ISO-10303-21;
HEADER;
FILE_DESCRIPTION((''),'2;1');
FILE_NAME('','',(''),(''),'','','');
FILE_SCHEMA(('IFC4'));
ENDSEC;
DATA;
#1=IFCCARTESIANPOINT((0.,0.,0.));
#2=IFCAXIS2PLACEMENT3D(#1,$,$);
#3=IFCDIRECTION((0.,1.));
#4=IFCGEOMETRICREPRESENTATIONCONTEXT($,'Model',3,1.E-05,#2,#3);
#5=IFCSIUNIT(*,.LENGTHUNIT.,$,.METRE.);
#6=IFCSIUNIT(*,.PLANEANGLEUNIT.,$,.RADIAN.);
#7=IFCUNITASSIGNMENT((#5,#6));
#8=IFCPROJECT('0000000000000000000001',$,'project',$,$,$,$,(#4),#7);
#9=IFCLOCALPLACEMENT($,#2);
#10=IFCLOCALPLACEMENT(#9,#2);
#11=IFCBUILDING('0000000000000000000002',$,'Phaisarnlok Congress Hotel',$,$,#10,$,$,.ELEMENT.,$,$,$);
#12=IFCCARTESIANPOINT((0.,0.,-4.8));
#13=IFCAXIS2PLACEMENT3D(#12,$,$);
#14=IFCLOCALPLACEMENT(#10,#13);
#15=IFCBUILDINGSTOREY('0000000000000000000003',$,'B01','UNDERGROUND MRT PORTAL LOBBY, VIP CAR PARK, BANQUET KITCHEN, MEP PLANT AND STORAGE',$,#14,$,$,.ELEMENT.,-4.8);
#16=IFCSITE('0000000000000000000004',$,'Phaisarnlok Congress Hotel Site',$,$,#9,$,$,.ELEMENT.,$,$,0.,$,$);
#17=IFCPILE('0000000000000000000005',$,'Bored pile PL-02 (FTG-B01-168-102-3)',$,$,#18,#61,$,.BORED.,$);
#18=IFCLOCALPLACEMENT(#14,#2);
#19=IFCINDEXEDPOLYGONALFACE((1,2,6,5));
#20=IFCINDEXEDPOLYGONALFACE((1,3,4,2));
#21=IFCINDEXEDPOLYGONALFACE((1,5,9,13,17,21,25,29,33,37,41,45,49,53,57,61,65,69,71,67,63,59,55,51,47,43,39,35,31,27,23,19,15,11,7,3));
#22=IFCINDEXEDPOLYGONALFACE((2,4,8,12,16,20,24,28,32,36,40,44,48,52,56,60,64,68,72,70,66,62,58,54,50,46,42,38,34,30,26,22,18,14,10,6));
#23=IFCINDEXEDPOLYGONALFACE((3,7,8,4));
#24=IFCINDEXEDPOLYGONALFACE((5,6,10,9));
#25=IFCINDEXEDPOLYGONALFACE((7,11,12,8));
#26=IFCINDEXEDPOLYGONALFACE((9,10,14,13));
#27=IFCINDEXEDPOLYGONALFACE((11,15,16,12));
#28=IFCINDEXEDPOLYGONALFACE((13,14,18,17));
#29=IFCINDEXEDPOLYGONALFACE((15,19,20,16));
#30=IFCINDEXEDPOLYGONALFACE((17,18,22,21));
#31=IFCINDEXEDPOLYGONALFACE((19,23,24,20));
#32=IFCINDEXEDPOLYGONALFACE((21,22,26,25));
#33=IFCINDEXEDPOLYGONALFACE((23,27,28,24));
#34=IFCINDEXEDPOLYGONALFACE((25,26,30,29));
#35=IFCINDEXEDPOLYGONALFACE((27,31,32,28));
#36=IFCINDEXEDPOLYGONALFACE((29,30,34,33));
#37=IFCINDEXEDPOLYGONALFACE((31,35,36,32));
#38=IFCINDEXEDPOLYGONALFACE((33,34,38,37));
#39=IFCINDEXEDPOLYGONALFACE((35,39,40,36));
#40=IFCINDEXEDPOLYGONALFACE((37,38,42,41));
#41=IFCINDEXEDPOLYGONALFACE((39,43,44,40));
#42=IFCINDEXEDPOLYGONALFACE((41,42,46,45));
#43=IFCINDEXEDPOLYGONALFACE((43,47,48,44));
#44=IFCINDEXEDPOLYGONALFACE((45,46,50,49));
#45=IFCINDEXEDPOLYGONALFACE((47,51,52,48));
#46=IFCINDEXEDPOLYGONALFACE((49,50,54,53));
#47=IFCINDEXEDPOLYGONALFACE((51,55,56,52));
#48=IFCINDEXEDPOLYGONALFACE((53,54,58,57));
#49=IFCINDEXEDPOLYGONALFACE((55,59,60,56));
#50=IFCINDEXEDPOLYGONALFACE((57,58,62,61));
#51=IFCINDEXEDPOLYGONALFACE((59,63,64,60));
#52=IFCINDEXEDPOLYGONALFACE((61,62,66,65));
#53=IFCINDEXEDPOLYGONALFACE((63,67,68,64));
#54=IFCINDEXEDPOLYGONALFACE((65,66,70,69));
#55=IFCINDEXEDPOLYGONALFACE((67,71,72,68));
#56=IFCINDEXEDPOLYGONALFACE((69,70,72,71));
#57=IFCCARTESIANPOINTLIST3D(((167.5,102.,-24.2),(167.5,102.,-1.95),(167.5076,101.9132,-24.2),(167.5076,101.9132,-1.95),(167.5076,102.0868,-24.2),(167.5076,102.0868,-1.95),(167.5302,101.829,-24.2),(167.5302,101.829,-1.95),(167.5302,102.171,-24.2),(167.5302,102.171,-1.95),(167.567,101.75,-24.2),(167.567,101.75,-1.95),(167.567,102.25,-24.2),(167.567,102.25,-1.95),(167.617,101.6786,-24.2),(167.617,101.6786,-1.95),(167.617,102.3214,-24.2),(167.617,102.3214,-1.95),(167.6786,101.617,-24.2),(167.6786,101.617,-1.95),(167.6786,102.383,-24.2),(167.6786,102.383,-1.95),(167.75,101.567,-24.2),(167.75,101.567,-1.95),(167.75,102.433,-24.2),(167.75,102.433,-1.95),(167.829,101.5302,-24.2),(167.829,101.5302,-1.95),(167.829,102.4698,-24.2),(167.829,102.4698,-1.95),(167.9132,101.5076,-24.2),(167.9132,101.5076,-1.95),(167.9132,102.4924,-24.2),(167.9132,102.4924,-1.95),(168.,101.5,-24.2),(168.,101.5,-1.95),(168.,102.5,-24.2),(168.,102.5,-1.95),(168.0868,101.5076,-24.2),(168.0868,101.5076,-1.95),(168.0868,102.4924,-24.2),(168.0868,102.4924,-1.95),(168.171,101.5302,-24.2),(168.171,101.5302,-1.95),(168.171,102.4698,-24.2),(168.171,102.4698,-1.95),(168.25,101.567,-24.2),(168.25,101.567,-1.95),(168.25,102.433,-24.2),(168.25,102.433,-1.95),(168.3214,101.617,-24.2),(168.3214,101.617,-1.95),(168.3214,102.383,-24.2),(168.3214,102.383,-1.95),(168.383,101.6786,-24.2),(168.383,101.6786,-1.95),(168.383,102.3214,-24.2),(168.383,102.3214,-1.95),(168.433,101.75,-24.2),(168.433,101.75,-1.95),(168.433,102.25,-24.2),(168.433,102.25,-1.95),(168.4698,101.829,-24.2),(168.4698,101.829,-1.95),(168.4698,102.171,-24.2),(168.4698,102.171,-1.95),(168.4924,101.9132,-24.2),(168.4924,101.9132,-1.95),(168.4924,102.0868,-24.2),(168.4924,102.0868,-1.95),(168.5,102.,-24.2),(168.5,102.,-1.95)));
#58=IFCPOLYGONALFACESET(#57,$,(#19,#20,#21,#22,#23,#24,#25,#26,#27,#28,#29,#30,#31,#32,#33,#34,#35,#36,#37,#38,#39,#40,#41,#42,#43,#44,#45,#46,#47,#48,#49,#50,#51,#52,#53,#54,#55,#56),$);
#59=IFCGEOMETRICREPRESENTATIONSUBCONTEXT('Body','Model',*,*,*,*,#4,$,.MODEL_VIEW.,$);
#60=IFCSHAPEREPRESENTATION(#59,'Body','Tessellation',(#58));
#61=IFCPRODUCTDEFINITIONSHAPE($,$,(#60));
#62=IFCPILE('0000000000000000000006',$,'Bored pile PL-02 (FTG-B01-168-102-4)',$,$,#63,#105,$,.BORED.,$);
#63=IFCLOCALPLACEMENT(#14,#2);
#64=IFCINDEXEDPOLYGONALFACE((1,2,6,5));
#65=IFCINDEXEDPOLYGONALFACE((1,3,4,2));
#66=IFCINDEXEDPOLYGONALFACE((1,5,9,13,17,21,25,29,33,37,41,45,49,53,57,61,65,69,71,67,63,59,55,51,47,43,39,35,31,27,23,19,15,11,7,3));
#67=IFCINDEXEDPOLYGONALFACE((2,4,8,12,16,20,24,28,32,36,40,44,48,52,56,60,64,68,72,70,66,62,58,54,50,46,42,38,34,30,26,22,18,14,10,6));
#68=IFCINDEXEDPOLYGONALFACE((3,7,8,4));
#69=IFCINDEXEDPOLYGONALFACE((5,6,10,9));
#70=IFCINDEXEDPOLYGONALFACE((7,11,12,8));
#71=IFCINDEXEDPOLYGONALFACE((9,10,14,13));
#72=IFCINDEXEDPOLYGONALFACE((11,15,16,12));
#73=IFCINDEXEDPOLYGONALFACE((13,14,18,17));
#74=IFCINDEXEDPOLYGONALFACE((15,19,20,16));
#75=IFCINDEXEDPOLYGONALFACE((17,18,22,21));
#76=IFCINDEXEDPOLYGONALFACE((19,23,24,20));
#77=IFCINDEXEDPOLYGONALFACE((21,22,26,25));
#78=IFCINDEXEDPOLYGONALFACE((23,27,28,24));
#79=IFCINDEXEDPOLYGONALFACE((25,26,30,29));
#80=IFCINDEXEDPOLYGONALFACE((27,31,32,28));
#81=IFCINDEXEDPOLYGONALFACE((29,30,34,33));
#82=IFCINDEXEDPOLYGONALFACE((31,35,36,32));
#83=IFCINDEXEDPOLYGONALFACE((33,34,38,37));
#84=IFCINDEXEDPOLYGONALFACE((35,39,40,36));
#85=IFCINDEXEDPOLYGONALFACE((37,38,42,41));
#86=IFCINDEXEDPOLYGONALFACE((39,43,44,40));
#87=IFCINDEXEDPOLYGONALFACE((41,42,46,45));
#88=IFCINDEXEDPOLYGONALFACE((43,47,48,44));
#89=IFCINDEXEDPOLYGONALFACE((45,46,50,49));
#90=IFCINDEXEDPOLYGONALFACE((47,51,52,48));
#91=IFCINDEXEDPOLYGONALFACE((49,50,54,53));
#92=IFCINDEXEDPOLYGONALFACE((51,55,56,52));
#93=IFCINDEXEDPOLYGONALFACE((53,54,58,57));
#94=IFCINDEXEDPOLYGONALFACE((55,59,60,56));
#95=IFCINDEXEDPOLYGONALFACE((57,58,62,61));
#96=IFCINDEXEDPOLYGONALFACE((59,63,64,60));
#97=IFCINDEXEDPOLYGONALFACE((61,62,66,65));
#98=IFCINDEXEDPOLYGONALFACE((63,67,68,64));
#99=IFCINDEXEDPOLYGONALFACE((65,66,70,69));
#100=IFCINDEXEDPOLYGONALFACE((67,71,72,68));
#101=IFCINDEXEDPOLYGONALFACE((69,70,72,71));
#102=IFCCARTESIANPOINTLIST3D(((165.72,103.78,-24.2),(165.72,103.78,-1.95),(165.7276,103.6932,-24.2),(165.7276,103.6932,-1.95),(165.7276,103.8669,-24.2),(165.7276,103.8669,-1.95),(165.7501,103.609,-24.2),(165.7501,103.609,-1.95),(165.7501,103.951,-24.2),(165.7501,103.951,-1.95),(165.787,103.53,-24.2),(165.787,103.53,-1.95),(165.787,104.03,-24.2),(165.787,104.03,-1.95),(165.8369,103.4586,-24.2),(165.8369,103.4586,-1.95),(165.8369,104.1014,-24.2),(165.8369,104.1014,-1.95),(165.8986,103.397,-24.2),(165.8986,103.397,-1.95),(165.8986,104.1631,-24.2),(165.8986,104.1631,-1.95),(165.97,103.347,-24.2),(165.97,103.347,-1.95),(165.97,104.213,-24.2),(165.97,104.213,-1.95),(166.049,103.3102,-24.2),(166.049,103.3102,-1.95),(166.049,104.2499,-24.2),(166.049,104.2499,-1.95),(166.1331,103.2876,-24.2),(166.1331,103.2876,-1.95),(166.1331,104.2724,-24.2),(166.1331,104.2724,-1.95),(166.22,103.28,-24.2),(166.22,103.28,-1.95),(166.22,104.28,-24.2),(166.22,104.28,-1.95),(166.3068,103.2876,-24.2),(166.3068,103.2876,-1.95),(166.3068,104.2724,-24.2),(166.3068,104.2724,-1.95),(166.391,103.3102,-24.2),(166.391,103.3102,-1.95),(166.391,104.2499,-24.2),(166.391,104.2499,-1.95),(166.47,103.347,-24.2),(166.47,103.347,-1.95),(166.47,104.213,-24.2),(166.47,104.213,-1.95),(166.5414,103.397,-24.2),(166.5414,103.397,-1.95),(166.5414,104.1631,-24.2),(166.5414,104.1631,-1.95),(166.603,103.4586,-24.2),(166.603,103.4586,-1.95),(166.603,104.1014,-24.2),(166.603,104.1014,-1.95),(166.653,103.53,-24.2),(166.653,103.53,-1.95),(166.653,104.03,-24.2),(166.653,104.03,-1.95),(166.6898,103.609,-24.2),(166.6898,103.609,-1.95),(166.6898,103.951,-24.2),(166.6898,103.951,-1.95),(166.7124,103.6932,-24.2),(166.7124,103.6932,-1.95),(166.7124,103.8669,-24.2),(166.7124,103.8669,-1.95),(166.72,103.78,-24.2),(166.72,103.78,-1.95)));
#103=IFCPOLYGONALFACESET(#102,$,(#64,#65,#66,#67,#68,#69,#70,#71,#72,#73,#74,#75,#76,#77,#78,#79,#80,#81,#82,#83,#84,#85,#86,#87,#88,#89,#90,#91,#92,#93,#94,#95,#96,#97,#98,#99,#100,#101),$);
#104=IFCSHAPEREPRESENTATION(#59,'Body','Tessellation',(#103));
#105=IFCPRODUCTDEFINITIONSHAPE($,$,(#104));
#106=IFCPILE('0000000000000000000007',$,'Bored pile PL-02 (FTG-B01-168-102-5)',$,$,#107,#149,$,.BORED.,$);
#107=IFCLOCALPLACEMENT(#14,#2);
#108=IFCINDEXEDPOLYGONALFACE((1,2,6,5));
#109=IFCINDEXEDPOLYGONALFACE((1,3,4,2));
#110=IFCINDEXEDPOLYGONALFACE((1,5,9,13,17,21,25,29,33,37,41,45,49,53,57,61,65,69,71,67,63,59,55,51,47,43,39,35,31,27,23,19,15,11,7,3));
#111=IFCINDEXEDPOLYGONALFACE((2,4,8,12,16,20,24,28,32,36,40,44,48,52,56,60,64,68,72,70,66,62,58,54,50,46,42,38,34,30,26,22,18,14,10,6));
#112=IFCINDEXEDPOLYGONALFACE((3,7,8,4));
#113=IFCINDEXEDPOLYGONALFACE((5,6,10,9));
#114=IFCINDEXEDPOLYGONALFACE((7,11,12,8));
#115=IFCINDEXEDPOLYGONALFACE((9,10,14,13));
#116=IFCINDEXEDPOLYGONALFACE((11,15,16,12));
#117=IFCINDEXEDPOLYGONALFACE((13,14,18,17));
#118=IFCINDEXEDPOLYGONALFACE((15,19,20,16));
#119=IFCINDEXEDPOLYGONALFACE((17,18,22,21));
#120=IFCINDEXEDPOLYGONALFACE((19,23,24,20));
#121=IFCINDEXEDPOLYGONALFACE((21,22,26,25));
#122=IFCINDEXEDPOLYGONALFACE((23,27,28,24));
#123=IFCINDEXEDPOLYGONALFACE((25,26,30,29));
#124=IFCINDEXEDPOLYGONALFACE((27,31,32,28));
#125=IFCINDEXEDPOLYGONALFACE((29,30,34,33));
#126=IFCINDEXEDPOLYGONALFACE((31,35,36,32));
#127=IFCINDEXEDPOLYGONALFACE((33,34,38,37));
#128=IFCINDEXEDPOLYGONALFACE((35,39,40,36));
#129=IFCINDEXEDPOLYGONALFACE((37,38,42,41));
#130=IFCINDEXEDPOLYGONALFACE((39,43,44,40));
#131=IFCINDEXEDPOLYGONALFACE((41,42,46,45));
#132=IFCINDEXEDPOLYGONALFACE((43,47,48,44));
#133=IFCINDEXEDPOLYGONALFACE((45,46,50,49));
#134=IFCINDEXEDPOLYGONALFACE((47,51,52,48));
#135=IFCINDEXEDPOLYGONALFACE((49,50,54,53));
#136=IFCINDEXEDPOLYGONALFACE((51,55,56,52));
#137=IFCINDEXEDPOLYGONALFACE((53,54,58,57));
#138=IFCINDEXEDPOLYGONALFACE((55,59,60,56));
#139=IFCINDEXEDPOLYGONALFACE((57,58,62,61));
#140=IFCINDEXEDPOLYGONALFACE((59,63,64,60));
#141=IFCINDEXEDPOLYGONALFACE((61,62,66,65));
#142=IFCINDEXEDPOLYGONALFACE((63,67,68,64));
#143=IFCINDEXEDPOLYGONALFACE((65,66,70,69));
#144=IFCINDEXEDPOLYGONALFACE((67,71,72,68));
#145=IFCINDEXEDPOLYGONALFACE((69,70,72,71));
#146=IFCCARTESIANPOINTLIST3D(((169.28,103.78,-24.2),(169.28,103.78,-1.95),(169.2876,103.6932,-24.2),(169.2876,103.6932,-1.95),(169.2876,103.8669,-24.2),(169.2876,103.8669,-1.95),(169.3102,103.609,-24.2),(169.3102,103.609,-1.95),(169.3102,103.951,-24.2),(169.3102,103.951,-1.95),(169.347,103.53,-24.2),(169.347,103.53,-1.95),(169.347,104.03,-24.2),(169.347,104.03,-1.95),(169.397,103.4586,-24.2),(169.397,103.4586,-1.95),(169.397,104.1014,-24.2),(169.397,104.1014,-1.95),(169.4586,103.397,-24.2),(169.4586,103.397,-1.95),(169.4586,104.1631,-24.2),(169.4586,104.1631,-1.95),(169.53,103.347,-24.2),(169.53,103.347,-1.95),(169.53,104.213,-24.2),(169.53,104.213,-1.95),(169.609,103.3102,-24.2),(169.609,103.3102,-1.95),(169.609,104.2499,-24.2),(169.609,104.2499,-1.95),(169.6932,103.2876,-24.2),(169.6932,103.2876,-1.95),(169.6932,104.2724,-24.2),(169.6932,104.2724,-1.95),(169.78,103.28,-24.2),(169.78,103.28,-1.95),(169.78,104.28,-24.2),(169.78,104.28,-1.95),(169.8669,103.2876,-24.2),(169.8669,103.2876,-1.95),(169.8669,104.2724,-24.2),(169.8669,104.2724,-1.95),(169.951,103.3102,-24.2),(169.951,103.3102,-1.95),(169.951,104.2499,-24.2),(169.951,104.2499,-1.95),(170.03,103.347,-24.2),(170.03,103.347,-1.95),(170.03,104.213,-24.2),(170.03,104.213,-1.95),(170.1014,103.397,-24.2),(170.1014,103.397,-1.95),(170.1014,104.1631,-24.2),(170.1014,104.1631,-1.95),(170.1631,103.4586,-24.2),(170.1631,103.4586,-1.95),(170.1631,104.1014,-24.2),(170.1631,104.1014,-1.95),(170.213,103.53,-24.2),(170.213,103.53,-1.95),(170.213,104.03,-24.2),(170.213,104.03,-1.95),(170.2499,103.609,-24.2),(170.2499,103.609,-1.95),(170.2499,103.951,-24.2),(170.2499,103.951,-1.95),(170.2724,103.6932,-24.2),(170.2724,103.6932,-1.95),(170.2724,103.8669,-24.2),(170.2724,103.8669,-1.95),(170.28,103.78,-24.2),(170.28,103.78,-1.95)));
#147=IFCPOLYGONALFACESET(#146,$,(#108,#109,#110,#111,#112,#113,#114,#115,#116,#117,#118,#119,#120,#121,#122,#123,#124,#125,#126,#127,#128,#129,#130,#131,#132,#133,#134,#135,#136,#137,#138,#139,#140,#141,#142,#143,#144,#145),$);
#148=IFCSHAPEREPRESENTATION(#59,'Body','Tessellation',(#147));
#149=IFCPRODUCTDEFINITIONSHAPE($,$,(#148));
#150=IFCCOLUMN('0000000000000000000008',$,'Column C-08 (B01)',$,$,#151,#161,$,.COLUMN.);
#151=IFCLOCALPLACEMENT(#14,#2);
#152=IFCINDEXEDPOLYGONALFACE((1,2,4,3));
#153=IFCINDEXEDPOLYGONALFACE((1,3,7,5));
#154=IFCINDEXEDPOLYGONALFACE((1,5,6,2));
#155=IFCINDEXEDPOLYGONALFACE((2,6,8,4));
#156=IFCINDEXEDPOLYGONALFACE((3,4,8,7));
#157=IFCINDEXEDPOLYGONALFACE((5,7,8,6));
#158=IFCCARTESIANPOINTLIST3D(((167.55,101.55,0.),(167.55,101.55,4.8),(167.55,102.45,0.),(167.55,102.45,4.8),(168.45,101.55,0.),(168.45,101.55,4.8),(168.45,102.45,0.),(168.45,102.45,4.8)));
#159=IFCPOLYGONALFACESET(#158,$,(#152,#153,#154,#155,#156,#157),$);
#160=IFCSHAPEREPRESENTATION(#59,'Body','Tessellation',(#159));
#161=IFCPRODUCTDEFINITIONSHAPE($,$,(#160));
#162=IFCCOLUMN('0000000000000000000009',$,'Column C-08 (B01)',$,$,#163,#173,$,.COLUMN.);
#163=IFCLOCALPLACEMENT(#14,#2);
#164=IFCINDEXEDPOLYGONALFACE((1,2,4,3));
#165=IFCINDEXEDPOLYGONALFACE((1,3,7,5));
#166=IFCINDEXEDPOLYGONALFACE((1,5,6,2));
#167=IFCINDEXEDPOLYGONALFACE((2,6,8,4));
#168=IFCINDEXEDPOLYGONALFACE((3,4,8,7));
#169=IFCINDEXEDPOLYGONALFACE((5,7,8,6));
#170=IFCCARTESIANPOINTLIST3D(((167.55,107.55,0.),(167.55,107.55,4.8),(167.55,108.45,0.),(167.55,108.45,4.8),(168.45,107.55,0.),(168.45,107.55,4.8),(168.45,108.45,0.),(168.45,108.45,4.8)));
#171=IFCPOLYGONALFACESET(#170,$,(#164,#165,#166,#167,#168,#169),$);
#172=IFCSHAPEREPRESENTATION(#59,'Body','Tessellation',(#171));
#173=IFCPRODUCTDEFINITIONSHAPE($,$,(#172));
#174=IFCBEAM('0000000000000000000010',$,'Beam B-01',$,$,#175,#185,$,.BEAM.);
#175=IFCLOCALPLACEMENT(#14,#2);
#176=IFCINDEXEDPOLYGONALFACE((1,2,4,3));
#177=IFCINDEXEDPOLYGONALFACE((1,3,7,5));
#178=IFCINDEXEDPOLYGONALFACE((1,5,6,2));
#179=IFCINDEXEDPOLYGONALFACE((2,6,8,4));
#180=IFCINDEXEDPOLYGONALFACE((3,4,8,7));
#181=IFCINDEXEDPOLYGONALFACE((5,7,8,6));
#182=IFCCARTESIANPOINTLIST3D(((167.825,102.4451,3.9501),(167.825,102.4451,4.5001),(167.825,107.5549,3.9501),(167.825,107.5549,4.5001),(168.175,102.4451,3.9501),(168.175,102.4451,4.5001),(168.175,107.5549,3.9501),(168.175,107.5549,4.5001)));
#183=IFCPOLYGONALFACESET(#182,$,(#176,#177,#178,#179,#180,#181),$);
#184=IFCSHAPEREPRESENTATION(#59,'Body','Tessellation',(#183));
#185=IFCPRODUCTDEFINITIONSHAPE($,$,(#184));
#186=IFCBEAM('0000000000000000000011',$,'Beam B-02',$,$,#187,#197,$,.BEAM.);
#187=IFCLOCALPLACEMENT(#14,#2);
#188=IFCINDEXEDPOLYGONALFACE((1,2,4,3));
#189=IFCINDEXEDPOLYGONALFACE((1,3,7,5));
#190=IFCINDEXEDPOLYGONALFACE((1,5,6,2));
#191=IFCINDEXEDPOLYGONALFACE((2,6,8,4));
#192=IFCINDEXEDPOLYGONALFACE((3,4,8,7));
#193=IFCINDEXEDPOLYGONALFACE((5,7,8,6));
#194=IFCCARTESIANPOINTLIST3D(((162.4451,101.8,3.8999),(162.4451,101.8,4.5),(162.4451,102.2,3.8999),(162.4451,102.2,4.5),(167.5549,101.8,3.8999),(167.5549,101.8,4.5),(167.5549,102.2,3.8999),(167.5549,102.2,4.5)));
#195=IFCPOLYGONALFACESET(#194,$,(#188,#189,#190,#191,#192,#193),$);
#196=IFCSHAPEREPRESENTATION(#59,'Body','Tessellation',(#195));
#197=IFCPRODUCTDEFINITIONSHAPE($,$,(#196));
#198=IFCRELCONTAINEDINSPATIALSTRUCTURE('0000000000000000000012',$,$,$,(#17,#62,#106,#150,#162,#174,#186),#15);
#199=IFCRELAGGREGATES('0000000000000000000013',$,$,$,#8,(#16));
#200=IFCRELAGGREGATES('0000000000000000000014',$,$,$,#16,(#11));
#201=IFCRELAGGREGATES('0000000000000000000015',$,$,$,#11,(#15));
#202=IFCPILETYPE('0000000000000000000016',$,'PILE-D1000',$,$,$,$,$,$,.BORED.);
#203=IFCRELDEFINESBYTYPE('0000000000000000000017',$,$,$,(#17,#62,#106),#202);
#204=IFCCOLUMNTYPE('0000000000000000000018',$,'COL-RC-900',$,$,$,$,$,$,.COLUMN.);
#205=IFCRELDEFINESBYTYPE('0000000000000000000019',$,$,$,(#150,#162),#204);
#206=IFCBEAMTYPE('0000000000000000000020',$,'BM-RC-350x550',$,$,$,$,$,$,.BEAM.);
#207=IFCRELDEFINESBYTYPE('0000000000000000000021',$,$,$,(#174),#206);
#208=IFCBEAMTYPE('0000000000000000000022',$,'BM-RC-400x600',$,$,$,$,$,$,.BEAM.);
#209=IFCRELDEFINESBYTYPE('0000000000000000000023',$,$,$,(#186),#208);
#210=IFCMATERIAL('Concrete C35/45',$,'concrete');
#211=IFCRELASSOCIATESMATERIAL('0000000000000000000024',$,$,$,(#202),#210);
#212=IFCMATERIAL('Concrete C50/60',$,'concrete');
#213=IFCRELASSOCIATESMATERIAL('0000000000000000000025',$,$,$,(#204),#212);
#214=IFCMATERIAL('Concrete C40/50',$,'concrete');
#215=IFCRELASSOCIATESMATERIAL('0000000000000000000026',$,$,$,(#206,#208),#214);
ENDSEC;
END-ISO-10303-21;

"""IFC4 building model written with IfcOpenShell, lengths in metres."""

from ifc_helpers import new_model, si_unit, direction, frame, origin, origin_2d, place, context, subcontext, project, spatial, rectangle, circle, extrude, material, material_profile, profile_set, type_object, element, save


model = new_model("IFC4")

# Units and contexts
model_context = context("Model", 3, precision=1e-05, world=origin(), true_north=direction((0.0, 1.0)))
body_context = subcontext(model_context, "Body", "Model", "MODEL_VIEW")
ifc_project = project(units=[si_unit("LENGTHUNIT", "METRE"), si_unit("PLANEANGLEUNIT", "RADIAN")], contexts=[model_context])

# Site, building, storey
site_placement = place(None, origin())
site = spatial("IfcSite", under=ifc_project, at=site_placement, Name="Phaisarnlok Congress Hotel Site", CompositionType="ELEMENT", RefElevation=0.0)
building_placement = place(site_placement, origin())
building = spatial("IfcBuilding", under=site, at=building_placement, Name="Phaisarnlok Congress Hotel", CompositionType="ELEMENT")
storey_placement = place(building_placement, frame((0.0, 0.0, -4.8)))
storey = spatial("IfcBuildingStorey", under=building, at=storey_placement, Name="B01", Description="UNDERGROUND MRT PORTAL LOBBY, VIP CAR PARK, BANQUET KITCHEN, MEP PLANT AND STORAGE", CompositionType="ELEMENT", Elevation=-4.8)

# Shared definitions
ifc_material_1 = material(Name="Concrete C40/50", Category="concrete")

# Piles
ifc_material_2 = material(Name="Concrete C35/45", Category="concrete")
ifc_material_profile_1 = material_profile(ifc_material_2, circle(Radius=0.5, at=origin_2d()), Name="BORED PILE D1000")
ifc_profile_set_1 = profile_set([ifc_material_profile_1], Name="Concrete C35/45")
pile_type = type_object("IfcPileType", Name="PILE-D1000", PredefinedType="BORED", material=ifc_profile_set_1)
for number, where, z_axis, x_axis, name in (
    (1, (168.0, 102.0, -1.95), (0.0, 0.0, -1.0), (1.0, 0.0, 0.0), "Bored pile PL-02 (FTG-B01-168-102-3)"),
    (2, (166.22, 103.78, -1.95), (0.0, 0.0, -1.0), (1.0, 0.0, 0.0), "Bored pile PL-02 (FTG-B01-168-102-4)"),
    (3, (169.78, 103.78, -1.95), (0.0, 0.0, -1.0), (1.0, 0.0, 0.0), "Bored pile PL-02 (FTG-B01-168-102-5)"),
):
    element("IfcPile", number, at=place(storey_placement, frame(where, z_axis=z_axis, x_axis=x_axis)), inside=storey, type_object=pile_type, Name=name, PredefinedType="BORED", context=body_context, shape_type="SweptSolid", body=[
        extrude(circle(Radius=0.5, at=origin_2d()), origin(), (0.0, 0.0, 1.0), 22.25),
    ])

# Columns
ifc_material_3 = material(Name="Concrete C50/60", Category="concrete")
ifc_material_profile_2 = material_profile(ifc_material_3, rectangle(XDim=0.8999, YDim=0.8999, at=origin_2d()), Name="RC 900x900")
ifc_profile_set_2 = profile_set([ifc_material_profile_2], Name="Concrete C50/60")
column_type = type_object("IfcColumnType", Name="COL-RC-900", PredefinedType="COLUMN", material=ifc_profile_set_2)
for number, where, z_axis, x_axis, name in (
    (4, (168.0, 102.0, 0.0), (0.0, 0.0, 1.0), (1.0, 0.0, 0.0), "Column C-08 (B01)"),
    (5, (168.0, 108.0, 0.0), (0.0, 0.0, 1.0), (1.0, 0.0, 0.0), "Column C-08 (B01)"),
):
    element("IfcColumn", number, at=place(storey_placement, frame(where, z_axis=z_axis, x_axis=x_axis)), inside=storey, type_object=column_type, Name=name, PredefinedType="COLUMN", context=body_context, shape_type="SweptSolid", body=[
        extrude(rectangle(XDim=0.8999, YDim=0.8999, at=origin_2d()), origin(), (0.0, 0.0, 1.0), 4.8),
    ])

# Beams
ifc_material_profile_3 = material_profile(ifc_material_1, rectangle(XDim=0.3501, YDim=0.55, at=origin_2d()), Name="RC 350x550")
ifc_profile_set_3 = profile_set([ifc_material_profile_3], Name="Concrete C40/50")
beam_type_1 = type_object("IfcBeamType", Name="BM-RC-350x550", PredefinedType="BEAM", material=ifc_profile_set_3)
beam_1_placement = place(storey_placement, frame((168.0, 102.4451, 4.2251), z_axis=(0.0, 1.0, 0.0), x_axis=(-1.0, 0.0, 0.0)))
element("IfcBeam", 6, at=beam_1_placement, inside=storey, type_object=beam_type_1, Name="Beam B-01", PredefinedType="BEAM", context=body_context, shape_type="SweptSolid", body=[
    extrude(rectangle(XDim=0.3501, YDim=0.55, at=origin_2d()), origin(), (0.0, 0.0, 1.0), 5.1099),
])
ifc_material_profile_4 = material_profile(ifc_material_1, rectangle(XDim=0.3999, YDim=0.6001, at=origin_2d()), Name="RC 400x600")
ifc_profile_set_4 = profile_set([ifc_material_profile_4], Name="Concrete C40/50")
beam_type_2 = type_object("IfcBeamType", Name="BM-RC-400x600", PredefinedType="BEAM", material=ifc_profile_set_4)
for number, where, z_axis, x_axis, name in (
    (7, (162.4451, 102.0, 4.2), (1.0, 0.0, 0.0), (0.0, 1.0, 0.0), "Beam B-02"),
):
    element("IfcBeam", number, at=place(storey_placement, frame(where, z_axis=z_axis, x_axis=x_axis)), inside=storey, type_object=beam_type_2, Name=name, PredefinedType="BEAM", context=body_context, shape_type="SweptSolid", body=[
        extrude(rectangle(XDim=0.3999, YDim=0.6001, at=origin_2d()), origin(), (0.0, 0.0, 1.0), 5.1099),
    ])

save(model, "model.ifc")
